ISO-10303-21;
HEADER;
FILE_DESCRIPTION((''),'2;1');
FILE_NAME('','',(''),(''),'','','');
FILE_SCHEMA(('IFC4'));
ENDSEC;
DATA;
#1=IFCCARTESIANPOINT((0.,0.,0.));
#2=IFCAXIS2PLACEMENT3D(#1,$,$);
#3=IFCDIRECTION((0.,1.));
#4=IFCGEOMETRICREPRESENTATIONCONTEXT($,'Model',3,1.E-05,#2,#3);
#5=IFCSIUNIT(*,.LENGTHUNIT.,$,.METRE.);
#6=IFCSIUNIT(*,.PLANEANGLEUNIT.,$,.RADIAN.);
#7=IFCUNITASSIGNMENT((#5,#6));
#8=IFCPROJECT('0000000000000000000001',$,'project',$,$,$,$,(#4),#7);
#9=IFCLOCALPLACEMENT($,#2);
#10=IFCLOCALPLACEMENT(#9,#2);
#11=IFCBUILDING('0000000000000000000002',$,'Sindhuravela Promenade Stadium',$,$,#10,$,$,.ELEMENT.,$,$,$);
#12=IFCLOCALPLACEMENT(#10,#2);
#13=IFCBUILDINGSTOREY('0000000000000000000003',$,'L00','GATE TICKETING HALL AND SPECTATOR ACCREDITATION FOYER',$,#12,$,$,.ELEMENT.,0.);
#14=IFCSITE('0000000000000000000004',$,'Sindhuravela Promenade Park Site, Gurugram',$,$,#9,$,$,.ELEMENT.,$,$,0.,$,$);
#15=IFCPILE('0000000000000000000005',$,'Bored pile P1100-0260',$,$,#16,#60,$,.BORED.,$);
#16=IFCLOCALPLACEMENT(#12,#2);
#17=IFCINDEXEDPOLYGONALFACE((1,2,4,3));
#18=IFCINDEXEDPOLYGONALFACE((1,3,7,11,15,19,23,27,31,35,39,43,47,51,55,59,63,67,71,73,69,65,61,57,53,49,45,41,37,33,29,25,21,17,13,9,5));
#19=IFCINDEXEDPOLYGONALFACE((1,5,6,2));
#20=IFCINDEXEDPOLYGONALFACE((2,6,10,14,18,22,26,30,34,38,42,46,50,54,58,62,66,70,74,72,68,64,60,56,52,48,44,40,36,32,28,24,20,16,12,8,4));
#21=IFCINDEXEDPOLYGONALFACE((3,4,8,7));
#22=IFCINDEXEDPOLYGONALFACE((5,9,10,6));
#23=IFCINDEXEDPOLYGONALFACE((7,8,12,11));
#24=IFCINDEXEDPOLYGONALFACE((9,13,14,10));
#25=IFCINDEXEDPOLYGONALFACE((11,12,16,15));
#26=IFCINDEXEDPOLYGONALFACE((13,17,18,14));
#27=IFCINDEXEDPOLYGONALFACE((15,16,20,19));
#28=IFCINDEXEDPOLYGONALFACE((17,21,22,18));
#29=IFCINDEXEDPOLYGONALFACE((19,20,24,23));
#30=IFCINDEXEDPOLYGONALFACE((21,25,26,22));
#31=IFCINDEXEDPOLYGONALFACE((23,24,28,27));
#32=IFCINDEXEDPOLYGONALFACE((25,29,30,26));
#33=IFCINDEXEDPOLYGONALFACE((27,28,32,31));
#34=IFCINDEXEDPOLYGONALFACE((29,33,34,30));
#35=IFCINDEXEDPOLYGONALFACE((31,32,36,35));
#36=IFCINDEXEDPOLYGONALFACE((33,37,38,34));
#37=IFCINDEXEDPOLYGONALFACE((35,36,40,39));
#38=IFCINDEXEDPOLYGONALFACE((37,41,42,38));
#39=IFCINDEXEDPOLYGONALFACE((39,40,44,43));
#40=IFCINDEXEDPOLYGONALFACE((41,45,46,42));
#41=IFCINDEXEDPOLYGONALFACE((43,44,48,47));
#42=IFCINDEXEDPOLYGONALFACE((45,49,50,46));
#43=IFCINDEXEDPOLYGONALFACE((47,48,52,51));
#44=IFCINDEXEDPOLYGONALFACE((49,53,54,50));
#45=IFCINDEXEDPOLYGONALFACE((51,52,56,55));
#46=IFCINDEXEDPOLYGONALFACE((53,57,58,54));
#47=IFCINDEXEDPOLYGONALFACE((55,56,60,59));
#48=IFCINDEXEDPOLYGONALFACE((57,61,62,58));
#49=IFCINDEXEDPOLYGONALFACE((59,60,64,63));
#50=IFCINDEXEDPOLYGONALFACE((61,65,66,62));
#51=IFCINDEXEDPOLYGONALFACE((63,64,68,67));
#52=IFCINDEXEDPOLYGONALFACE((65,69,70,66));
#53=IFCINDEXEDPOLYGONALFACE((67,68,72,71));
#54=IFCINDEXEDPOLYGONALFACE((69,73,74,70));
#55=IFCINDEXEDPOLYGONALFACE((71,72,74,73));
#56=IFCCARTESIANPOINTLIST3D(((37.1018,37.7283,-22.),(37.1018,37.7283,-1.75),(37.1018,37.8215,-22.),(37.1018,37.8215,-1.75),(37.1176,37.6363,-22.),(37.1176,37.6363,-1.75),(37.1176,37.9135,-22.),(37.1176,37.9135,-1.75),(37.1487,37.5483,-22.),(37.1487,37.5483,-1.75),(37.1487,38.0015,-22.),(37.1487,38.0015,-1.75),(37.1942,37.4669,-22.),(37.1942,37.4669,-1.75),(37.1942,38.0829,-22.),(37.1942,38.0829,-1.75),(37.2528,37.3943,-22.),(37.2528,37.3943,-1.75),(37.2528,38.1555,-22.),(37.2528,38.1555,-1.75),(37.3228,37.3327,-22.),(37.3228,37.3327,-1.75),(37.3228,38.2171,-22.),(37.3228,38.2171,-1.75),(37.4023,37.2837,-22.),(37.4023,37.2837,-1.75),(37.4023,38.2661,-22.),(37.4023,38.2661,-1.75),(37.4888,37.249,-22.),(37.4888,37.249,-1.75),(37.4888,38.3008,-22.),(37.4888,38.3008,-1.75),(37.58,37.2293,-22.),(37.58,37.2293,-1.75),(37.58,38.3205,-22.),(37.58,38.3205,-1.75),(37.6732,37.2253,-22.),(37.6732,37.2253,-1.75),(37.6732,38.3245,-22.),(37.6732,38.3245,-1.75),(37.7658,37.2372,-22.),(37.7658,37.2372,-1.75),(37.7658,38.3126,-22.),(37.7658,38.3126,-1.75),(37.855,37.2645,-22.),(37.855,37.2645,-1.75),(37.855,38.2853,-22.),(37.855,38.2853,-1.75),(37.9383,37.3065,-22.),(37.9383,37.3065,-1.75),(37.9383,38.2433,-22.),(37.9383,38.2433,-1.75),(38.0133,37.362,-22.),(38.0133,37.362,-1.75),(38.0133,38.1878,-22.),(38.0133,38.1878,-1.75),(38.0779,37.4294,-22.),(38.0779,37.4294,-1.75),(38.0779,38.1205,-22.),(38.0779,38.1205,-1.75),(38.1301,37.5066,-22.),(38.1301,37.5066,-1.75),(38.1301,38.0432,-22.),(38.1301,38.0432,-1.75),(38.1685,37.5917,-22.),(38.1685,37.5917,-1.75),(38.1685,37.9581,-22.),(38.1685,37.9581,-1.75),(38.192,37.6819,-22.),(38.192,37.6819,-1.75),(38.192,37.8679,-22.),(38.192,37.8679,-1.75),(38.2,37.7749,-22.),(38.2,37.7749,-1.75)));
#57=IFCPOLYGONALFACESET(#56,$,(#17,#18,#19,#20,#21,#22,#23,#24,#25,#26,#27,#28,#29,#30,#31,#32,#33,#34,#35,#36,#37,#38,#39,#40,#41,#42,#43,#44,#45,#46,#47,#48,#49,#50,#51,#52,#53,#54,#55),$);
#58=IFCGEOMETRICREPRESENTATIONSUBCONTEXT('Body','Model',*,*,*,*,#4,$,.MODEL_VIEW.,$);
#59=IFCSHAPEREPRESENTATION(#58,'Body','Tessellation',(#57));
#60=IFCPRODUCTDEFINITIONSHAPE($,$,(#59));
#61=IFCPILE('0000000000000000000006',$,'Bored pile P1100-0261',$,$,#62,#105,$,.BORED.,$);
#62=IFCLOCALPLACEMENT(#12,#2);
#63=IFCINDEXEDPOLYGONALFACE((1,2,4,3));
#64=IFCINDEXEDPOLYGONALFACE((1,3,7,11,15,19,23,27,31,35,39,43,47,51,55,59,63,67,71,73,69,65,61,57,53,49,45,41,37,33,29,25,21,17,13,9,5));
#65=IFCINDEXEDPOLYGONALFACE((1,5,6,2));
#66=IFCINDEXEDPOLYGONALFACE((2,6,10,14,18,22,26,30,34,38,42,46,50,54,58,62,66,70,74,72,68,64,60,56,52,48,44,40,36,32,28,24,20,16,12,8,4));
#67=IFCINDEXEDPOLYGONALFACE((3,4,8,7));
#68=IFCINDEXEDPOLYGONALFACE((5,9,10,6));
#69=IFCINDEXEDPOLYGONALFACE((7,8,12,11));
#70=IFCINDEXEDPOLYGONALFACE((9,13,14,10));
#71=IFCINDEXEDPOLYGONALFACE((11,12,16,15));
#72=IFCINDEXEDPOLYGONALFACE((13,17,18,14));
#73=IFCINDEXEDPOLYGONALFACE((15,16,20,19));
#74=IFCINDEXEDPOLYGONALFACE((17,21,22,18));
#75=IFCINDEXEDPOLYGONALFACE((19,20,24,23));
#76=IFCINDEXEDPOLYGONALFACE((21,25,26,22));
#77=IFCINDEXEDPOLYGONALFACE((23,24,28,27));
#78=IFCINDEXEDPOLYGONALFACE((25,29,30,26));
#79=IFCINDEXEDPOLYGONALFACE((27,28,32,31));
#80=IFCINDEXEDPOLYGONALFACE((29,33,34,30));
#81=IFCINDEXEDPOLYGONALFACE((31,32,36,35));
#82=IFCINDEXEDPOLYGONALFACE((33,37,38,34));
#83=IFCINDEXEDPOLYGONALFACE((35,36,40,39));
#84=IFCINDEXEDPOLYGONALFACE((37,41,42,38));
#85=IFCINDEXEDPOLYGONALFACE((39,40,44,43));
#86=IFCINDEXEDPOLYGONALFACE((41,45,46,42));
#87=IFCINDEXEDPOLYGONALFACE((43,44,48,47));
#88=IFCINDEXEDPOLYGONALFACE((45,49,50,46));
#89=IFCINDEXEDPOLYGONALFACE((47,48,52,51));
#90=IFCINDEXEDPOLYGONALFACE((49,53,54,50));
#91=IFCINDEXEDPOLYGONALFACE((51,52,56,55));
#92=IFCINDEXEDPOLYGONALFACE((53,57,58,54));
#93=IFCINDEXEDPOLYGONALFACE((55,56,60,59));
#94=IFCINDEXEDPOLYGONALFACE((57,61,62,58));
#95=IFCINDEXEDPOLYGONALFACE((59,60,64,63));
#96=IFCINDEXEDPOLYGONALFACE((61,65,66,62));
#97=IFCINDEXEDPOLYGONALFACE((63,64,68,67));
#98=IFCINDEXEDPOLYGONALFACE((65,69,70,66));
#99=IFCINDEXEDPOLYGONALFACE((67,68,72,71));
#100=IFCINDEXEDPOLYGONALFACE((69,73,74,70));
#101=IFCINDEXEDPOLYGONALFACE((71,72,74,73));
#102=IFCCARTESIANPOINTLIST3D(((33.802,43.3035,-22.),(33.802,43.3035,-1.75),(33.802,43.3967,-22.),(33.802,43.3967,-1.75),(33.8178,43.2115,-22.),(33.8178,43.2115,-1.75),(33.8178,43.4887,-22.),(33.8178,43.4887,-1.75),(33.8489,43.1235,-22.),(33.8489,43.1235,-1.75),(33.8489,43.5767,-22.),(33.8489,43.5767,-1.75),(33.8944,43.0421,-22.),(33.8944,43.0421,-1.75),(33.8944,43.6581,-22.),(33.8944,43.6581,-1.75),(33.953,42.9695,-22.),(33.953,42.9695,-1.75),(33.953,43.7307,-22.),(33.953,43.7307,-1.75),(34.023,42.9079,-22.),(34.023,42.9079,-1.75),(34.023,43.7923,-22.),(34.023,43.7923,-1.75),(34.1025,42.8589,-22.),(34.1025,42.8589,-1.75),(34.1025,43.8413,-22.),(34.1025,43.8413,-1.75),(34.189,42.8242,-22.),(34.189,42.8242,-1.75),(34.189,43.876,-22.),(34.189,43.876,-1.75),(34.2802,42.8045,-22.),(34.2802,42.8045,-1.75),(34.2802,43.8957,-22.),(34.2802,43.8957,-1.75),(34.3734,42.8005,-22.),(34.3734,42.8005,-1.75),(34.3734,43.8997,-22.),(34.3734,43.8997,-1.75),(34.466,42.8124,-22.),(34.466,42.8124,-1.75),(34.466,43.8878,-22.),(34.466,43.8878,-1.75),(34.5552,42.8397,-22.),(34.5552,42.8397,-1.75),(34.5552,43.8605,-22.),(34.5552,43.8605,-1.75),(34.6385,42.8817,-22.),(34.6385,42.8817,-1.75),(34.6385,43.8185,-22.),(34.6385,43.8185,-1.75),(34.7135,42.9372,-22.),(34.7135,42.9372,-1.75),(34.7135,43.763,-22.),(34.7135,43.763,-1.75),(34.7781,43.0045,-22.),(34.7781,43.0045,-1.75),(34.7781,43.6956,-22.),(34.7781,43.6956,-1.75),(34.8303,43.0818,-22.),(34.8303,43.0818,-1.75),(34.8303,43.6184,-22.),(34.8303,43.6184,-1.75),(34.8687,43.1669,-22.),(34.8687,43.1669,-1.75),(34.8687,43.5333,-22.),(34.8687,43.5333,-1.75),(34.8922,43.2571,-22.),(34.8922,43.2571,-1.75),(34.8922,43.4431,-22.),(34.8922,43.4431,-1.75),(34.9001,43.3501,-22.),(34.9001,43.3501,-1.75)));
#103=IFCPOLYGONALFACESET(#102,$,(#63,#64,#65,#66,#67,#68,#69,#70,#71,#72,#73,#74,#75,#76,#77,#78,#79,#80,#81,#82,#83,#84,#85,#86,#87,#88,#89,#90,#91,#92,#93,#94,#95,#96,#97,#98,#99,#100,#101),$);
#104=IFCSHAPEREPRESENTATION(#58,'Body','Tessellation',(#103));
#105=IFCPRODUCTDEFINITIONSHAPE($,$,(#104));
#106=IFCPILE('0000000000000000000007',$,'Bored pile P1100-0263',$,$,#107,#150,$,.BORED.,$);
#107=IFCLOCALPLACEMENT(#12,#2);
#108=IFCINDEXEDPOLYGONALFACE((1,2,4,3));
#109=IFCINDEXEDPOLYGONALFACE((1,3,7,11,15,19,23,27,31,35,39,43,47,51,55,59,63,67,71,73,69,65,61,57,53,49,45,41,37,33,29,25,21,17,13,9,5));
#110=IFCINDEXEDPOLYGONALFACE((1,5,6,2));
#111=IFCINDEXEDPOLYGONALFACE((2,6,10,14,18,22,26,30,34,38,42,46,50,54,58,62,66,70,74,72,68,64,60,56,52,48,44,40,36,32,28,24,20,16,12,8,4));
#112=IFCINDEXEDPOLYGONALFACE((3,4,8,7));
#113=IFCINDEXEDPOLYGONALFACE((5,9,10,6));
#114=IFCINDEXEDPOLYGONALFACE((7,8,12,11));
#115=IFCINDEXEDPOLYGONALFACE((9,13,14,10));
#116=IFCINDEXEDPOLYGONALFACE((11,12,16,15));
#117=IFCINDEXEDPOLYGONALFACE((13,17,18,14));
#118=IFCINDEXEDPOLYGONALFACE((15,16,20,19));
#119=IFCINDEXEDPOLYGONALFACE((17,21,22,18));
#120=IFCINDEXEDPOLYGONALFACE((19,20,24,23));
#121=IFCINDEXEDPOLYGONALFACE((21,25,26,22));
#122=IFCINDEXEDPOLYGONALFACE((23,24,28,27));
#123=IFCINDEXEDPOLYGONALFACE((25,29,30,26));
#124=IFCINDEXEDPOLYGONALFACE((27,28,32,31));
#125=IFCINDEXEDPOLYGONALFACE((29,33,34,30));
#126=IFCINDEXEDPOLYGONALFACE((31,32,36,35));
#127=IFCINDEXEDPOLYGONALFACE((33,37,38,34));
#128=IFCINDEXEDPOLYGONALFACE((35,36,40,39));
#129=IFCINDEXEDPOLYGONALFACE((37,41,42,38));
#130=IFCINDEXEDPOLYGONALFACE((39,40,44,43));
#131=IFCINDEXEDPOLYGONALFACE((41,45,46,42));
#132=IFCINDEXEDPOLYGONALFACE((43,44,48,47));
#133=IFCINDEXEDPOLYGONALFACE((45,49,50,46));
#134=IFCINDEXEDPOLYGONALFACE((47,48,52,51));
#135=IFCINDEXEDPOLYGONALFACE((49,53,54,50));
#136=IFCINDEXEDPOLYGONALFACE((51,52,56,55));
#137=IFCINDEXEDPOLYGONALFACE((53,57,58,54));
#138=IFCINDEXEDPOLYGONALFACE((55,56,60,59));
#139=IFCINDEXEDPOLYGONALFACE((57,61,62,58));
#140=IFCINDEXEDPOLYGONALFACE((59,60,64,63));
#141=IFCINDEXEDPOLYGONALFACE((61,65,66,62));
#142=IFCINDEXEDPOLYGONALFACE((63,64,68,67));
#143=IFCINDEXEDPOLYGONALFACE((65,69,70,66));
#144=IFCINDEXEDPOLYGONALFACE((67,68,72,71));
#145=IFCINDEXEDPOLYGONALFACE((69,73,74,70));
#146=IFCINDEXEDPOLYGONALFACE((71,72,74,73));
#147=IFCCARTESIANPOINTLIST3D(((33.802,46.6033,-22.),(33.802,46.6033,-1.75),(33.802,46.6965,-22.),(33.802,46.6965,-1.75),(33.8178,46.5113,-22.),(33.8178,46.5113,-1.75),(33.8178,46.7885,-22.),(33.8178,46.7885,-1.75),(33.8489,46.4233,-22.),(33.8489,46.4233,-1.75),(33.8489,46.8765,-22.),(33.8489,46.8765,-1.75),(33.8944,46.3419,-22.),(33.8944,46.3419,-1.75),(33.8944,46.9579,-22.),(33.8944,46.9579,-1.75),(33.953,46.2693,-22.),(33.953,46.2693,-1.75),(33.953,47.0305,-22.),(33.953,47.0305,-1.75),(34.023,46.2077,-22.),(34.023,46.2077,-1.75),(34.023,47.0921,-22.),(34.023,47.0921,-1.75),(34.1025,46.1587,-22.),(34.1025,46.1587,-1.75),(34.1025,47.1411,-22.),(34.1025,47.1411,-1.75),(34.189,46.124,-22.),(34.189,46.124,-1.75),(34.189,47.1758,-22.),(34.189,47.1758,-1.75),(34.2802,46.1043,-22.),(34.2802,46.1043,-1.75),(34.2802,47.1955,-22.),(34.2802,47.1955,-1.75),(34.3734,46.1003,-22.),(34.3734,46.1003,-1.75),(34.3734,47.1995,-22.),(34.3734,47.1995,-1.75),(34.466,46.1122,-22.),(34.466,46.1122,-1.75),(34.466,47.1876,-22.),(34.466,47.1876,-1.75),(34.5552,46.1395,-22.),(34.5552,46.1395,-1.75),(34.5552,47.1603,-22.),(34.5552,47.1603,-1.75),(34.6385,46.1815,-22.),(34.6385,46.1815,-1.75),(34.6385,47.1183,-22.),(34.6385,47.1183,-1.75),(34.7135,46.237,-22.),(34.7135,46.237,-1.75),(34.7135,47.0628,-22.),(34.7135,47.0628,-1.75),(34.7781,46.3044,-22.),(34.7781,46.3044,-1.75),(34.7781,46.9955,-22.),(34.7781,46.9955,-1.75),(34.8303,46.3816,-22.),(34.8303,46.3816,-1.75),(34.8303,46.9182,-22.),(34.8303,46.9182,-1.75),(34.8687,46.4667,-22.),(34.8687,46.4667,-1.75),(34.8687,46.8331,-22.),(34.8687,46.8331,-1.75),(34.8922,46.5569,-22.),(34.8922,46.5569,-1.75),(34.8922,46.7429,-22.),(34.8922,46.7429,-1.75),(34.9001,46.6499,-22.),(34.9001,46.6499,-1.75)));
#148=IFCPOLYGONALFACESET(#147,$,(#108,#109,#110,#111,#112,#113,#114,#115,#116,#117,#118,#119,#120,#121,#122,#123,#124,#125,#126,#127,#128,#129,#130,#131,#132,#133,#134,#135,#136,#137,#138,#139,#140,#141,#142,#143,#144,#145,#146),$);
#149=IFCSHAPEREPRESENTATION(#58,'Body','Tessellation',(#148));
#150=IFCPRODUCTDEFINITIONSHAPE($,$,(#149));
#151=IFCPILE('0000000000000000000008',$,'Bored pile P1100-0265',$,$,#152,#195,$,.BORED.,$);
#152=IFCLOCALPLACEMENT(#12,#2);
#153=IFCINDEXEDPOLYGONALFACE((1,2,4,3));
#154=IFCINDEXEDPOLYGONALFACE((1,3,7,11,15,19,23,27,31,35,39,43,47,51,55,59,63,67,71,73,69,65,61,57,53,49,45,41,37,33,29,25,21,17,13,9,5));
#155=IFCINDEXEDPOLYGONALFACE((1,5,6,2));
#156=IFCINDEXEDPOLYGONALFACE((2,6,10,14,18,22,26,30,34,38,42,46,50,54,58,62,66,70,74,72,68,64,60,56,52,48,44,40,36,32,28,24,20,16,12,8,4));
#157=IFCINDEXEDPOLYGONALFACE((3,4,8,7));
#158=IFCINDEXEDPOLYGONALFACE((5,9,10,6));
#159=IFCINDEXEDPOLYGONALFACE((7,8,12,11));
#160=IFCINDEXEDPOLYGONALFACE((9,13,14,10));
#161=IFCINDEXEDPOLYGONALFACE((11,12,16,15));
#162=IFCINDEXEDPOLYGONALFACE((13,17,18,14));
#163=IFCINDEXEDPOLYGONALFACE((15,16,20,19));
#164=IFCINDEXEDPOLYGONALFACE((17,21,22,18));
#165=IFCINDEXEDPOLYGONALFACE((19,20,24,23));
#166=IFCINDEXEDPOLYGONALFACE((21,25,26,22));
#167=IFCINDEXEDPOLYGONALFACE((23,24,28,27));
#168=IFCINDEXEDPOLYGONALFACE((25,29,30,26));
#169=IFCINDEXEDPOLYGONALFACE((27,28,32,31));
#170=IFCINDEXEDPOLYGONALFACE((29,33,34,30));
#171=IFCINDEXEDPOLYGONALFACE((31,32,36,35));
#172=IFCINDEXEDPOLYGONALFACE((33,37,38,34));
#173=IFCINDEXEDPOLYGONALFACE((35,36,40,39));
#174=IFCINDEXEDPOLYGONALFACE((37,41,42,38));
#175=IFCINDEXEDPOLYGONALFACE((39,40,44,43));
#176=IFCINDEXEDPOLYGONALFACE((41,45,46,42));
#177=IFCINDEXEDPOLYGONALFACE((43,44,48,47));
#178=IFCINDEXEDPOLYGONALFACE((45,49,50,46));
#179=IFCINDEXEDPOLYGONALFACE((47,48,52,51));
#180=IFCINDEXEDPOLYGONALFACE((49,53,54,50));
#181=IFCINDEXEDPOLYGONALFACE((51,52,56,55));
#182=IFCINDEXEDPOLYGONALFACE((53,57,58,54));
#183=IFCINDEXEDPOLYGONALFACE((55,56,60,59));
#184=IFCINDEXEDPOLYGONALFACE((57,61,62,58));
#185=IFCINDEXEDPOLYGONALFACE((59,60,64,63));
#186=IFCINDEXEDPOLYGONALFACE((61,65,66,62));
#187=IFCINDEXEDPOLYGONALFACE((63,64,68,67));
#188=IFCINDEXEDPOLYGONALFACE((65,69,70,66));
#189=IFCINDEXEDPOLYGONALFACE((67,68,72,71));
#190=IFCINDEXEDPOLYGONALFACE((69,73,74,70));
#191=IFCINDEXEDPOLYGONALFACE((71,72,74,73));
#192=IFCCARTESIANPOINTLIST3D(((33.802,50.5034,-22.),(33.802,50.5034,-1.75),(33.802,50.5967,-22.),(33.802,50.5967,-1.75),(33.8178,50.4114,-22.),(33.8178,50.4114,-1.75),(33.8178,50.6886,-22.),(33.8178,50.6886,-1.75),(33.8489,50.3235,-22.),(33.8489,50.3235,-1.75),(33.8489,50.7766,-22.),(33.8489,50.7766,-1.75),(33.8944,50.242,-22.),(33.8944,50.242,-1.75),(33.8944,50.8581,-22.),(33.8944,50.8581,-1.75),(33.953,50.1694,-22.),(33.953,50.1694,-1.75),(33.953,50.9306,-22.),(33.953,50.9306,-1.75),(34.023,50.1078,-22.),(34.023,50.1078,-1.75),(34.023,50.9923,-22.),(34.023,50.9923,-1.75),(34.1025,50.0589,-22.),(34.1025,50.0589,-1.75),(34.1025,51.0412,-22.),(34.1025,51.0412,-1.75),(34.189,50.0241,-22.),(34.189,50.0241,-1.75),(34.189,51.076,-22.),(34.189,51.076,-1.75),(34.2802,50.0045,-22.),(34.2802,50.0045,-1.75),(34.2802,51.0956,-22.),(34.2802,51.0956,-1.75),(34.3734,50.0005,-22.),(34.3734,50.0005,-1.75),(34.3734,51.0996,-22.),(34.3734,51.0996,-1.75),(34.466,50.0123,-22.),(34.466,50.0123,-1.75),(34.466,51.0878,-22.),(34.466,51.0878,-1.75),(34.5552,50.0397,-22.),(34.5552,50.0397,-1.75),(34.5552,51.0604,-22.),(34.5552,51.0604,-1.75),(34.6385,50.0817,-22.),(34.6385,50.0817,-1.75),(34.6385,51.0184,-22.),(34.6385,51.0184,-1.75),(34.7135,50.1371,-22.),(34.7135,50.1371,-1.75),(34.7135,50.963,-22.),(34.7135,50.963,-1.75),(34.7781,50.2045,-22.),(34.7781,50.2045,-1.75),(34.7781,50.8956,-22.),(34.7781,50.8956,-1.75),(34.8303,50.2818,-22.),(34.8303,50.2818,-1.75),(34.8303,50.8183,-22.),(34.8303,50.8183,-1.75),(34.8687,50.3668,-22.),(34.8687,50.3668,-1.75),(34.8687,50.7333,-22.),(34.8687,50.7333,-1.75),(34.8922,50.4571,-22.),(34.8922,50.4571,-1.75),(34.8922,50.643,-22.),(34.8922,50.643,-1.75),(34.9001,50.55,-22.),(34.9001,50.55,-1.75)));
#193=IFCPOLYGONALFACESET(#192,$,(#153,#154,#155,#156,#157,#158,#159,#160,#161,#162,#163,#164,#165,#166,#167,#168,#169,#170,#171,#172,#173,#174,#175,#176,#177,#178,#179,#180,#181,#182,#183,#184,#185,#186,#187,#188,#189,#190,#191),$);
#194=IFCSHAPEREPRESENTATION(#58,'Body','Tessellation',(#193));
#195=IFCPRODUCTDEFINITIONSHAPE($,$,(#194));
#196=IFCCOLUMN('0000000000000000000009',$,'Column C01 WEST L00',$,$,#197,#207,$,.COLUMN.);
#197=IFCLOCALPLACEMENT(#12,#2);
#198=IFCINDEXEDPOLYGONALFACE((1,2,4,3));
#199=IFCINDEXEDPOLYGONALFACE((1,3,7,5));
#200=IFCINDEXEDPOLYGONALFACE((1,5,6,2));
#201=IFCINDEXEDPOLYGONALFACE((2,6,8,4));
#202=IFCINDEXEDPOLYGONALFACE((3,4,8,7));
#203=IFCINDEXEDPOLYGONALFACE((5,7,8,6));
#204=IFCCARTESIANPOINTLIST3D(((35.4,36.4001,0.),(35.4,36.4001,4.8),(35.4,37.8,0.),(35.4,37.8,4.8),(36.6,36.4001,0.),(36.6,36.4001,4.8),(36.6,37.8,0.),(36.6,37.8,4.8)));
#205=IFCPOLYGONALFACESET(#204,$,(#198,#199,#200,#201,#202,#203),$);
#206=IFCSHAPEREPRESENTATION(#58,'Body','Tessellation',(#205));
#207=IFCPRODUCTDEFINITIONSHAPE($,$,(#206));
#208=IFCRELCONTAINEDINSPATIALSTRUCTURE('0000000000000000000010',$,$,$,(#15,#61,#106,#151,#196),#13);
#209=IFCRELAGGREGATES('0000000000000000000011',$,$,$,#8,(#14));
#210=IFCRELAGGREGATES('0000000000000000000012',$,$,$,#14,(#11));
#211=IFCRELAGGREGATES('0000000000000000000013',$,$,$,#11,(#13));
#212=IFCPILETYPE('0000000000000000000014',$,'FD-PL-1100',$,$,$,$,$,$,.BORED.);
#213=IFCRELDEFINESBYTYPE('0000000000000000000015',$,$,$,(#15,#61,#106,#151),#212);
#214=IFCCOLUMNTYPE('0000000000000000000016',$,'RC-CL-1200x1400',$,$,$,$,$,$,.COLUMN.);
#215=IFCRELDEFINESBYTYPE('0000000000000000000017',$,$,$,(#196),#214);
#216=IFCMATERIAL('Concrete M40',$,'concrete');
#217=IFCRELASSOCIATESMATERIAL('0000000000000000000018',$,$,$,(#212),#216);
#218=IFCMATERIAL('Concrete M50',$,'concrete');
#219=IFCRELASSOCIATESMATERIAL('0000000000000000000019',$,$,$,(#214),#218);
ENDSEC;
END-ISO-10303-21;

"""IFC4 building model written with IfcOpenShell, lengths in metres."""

from ifc_helpers import new_model, si_unit, direction, frame, origin, origin_2d, place, context, subcontext, project, spatial, rectangle, circle, extrude, material, material_profile, profile_set, type_object, element, save


model = new_model("IFC4")

# Units and contexts
model_context = context("Model", 3, precision=1e-05, world=origin(), true_north=direction((0.0, 1.0)))
body_context = subcontext(model_context, "Body", "Model", "MODEL_VIEW")
ifc_project = project(units=[si_unit("LENGTHUNIT", "METRE"), si_unit("PLANEANGLEUNIT", "RADIAN")], contexts=[model_context])

# Site, building, storey
site_placement = place(None, origin())
site = spatial("IfcSite", under=ifc_project, at=site_placement, Name="Sindhuravela Promenade Park Site, Gurugram", CompositionType="ELEMENT", RefElevation=0.0)
building_placement = place(site_placement, origin())
building = spatial("IfcBuilding", under=site, at=building_placement, Name="Sindhuravela Promenade Stadium", CompositionType="ELEMENT")
storey_placement = place(building_placement, origin())
storey = spatial("IfcBuildingStorey", under=building, at=storey_placement, Name="L00", Description="GATE TICKETING HALL AND SPECTATOR ACCREDITATION FOYER", CompositionType="ELEMENT", Elevation=0.0)

# Shared definitions
ifc_material_1 = material(Name="Concrete M50", Category="concrete")

# Piles
ifc_material_2 = material(Name="Concrete M40", Category="concrete")
ifc_material_profile_1 = material_profile(ifc_material_2, circle(Radius=0.55, at=origin_2d()), Name="BORED PILE D1100")
ifc_profile_set_1 = profile_set([ifc_material_profile_1], Name="Concrete M40")
pile_type = type_object("IfcPileType", Name="FD-PL-1100", PredefinedType="BORED", material=ifc_profile_set_1)
for number, where, z_axis, x_axis, name in (
    (1, (37.6499, 37.7749, -1.75), (0.0, 0.0, -1.0), (1.0, 0.0, 0.0), "Bored pile P1100-0260"),
    (2, (34.3501, 43.3501, -1.75), (0.0, 0.0, -1.0), (1.0, 0.0, 0.0), "Bored pile P1100-0261"),
    (3, (34.3501, 46.6499, -1.75), (0.0, 0.0, -1.0), (1.0, 0.0, 0.0), "Bored pile P1100-0263"),
    (4, (34.3501, 50.55, -1.75), (0.0, 0.0, -1.0), (1.0, 0.0, 0.0), "Bored pile P1100-0265"),
):
    element("IfcPile", number, at=place(storey_placement, frame(where, z_axis=z_axis, x_axis=x_axis)), inside=storey, type_object=pile_type, Name=name, PredefinedType="BORED", context=body_context, shape_type="SweptSolid", body=[
        extrude(circle(Radius=0.55, at=origin_2d()), origin(), (0.0, 0.0, 1.0), 20.25),
    ])

# Column
ifc_material_profile_2 = material_profile(ifc_material_1, rectangle(XDim=1.2, YDim=1.3999, at=origin_2d()), Name="RC 1200x1400")
ifc_profile_set_2 = profile_set([ifc_material_profile_2], Name="Concrete M50")
column_type_1 = type_object("IfcColumnType", Name="RC-CL-1200x1400", PredefinedType="COLUMN", material=ifc_profile_set_2)
for number, where, z_axis, x_axis, name in (
    (5, (36.0, 37.1001, 0.0), (0.0, 0.0, 1.0), (1.0, 0.0, 0.0), "Column C01 WEST L00"),
):
    element("IfcColumn", number, at=place(storey_placement, frame(where, z_axis=z_axis, x_axis=x_axis)), inside=storey, type_object=column_type_1, Name=name, PredefinedType="COLUMN", context=body_context, shape_type="SweptSolid", body=[
        extrude(rectangle(XDim=1.2, YDim=1.3999, at=origin_2d()), origin(), (0.0, 0.0, 1.0), 4.8),
    ])

save(model, "model.ifc")
